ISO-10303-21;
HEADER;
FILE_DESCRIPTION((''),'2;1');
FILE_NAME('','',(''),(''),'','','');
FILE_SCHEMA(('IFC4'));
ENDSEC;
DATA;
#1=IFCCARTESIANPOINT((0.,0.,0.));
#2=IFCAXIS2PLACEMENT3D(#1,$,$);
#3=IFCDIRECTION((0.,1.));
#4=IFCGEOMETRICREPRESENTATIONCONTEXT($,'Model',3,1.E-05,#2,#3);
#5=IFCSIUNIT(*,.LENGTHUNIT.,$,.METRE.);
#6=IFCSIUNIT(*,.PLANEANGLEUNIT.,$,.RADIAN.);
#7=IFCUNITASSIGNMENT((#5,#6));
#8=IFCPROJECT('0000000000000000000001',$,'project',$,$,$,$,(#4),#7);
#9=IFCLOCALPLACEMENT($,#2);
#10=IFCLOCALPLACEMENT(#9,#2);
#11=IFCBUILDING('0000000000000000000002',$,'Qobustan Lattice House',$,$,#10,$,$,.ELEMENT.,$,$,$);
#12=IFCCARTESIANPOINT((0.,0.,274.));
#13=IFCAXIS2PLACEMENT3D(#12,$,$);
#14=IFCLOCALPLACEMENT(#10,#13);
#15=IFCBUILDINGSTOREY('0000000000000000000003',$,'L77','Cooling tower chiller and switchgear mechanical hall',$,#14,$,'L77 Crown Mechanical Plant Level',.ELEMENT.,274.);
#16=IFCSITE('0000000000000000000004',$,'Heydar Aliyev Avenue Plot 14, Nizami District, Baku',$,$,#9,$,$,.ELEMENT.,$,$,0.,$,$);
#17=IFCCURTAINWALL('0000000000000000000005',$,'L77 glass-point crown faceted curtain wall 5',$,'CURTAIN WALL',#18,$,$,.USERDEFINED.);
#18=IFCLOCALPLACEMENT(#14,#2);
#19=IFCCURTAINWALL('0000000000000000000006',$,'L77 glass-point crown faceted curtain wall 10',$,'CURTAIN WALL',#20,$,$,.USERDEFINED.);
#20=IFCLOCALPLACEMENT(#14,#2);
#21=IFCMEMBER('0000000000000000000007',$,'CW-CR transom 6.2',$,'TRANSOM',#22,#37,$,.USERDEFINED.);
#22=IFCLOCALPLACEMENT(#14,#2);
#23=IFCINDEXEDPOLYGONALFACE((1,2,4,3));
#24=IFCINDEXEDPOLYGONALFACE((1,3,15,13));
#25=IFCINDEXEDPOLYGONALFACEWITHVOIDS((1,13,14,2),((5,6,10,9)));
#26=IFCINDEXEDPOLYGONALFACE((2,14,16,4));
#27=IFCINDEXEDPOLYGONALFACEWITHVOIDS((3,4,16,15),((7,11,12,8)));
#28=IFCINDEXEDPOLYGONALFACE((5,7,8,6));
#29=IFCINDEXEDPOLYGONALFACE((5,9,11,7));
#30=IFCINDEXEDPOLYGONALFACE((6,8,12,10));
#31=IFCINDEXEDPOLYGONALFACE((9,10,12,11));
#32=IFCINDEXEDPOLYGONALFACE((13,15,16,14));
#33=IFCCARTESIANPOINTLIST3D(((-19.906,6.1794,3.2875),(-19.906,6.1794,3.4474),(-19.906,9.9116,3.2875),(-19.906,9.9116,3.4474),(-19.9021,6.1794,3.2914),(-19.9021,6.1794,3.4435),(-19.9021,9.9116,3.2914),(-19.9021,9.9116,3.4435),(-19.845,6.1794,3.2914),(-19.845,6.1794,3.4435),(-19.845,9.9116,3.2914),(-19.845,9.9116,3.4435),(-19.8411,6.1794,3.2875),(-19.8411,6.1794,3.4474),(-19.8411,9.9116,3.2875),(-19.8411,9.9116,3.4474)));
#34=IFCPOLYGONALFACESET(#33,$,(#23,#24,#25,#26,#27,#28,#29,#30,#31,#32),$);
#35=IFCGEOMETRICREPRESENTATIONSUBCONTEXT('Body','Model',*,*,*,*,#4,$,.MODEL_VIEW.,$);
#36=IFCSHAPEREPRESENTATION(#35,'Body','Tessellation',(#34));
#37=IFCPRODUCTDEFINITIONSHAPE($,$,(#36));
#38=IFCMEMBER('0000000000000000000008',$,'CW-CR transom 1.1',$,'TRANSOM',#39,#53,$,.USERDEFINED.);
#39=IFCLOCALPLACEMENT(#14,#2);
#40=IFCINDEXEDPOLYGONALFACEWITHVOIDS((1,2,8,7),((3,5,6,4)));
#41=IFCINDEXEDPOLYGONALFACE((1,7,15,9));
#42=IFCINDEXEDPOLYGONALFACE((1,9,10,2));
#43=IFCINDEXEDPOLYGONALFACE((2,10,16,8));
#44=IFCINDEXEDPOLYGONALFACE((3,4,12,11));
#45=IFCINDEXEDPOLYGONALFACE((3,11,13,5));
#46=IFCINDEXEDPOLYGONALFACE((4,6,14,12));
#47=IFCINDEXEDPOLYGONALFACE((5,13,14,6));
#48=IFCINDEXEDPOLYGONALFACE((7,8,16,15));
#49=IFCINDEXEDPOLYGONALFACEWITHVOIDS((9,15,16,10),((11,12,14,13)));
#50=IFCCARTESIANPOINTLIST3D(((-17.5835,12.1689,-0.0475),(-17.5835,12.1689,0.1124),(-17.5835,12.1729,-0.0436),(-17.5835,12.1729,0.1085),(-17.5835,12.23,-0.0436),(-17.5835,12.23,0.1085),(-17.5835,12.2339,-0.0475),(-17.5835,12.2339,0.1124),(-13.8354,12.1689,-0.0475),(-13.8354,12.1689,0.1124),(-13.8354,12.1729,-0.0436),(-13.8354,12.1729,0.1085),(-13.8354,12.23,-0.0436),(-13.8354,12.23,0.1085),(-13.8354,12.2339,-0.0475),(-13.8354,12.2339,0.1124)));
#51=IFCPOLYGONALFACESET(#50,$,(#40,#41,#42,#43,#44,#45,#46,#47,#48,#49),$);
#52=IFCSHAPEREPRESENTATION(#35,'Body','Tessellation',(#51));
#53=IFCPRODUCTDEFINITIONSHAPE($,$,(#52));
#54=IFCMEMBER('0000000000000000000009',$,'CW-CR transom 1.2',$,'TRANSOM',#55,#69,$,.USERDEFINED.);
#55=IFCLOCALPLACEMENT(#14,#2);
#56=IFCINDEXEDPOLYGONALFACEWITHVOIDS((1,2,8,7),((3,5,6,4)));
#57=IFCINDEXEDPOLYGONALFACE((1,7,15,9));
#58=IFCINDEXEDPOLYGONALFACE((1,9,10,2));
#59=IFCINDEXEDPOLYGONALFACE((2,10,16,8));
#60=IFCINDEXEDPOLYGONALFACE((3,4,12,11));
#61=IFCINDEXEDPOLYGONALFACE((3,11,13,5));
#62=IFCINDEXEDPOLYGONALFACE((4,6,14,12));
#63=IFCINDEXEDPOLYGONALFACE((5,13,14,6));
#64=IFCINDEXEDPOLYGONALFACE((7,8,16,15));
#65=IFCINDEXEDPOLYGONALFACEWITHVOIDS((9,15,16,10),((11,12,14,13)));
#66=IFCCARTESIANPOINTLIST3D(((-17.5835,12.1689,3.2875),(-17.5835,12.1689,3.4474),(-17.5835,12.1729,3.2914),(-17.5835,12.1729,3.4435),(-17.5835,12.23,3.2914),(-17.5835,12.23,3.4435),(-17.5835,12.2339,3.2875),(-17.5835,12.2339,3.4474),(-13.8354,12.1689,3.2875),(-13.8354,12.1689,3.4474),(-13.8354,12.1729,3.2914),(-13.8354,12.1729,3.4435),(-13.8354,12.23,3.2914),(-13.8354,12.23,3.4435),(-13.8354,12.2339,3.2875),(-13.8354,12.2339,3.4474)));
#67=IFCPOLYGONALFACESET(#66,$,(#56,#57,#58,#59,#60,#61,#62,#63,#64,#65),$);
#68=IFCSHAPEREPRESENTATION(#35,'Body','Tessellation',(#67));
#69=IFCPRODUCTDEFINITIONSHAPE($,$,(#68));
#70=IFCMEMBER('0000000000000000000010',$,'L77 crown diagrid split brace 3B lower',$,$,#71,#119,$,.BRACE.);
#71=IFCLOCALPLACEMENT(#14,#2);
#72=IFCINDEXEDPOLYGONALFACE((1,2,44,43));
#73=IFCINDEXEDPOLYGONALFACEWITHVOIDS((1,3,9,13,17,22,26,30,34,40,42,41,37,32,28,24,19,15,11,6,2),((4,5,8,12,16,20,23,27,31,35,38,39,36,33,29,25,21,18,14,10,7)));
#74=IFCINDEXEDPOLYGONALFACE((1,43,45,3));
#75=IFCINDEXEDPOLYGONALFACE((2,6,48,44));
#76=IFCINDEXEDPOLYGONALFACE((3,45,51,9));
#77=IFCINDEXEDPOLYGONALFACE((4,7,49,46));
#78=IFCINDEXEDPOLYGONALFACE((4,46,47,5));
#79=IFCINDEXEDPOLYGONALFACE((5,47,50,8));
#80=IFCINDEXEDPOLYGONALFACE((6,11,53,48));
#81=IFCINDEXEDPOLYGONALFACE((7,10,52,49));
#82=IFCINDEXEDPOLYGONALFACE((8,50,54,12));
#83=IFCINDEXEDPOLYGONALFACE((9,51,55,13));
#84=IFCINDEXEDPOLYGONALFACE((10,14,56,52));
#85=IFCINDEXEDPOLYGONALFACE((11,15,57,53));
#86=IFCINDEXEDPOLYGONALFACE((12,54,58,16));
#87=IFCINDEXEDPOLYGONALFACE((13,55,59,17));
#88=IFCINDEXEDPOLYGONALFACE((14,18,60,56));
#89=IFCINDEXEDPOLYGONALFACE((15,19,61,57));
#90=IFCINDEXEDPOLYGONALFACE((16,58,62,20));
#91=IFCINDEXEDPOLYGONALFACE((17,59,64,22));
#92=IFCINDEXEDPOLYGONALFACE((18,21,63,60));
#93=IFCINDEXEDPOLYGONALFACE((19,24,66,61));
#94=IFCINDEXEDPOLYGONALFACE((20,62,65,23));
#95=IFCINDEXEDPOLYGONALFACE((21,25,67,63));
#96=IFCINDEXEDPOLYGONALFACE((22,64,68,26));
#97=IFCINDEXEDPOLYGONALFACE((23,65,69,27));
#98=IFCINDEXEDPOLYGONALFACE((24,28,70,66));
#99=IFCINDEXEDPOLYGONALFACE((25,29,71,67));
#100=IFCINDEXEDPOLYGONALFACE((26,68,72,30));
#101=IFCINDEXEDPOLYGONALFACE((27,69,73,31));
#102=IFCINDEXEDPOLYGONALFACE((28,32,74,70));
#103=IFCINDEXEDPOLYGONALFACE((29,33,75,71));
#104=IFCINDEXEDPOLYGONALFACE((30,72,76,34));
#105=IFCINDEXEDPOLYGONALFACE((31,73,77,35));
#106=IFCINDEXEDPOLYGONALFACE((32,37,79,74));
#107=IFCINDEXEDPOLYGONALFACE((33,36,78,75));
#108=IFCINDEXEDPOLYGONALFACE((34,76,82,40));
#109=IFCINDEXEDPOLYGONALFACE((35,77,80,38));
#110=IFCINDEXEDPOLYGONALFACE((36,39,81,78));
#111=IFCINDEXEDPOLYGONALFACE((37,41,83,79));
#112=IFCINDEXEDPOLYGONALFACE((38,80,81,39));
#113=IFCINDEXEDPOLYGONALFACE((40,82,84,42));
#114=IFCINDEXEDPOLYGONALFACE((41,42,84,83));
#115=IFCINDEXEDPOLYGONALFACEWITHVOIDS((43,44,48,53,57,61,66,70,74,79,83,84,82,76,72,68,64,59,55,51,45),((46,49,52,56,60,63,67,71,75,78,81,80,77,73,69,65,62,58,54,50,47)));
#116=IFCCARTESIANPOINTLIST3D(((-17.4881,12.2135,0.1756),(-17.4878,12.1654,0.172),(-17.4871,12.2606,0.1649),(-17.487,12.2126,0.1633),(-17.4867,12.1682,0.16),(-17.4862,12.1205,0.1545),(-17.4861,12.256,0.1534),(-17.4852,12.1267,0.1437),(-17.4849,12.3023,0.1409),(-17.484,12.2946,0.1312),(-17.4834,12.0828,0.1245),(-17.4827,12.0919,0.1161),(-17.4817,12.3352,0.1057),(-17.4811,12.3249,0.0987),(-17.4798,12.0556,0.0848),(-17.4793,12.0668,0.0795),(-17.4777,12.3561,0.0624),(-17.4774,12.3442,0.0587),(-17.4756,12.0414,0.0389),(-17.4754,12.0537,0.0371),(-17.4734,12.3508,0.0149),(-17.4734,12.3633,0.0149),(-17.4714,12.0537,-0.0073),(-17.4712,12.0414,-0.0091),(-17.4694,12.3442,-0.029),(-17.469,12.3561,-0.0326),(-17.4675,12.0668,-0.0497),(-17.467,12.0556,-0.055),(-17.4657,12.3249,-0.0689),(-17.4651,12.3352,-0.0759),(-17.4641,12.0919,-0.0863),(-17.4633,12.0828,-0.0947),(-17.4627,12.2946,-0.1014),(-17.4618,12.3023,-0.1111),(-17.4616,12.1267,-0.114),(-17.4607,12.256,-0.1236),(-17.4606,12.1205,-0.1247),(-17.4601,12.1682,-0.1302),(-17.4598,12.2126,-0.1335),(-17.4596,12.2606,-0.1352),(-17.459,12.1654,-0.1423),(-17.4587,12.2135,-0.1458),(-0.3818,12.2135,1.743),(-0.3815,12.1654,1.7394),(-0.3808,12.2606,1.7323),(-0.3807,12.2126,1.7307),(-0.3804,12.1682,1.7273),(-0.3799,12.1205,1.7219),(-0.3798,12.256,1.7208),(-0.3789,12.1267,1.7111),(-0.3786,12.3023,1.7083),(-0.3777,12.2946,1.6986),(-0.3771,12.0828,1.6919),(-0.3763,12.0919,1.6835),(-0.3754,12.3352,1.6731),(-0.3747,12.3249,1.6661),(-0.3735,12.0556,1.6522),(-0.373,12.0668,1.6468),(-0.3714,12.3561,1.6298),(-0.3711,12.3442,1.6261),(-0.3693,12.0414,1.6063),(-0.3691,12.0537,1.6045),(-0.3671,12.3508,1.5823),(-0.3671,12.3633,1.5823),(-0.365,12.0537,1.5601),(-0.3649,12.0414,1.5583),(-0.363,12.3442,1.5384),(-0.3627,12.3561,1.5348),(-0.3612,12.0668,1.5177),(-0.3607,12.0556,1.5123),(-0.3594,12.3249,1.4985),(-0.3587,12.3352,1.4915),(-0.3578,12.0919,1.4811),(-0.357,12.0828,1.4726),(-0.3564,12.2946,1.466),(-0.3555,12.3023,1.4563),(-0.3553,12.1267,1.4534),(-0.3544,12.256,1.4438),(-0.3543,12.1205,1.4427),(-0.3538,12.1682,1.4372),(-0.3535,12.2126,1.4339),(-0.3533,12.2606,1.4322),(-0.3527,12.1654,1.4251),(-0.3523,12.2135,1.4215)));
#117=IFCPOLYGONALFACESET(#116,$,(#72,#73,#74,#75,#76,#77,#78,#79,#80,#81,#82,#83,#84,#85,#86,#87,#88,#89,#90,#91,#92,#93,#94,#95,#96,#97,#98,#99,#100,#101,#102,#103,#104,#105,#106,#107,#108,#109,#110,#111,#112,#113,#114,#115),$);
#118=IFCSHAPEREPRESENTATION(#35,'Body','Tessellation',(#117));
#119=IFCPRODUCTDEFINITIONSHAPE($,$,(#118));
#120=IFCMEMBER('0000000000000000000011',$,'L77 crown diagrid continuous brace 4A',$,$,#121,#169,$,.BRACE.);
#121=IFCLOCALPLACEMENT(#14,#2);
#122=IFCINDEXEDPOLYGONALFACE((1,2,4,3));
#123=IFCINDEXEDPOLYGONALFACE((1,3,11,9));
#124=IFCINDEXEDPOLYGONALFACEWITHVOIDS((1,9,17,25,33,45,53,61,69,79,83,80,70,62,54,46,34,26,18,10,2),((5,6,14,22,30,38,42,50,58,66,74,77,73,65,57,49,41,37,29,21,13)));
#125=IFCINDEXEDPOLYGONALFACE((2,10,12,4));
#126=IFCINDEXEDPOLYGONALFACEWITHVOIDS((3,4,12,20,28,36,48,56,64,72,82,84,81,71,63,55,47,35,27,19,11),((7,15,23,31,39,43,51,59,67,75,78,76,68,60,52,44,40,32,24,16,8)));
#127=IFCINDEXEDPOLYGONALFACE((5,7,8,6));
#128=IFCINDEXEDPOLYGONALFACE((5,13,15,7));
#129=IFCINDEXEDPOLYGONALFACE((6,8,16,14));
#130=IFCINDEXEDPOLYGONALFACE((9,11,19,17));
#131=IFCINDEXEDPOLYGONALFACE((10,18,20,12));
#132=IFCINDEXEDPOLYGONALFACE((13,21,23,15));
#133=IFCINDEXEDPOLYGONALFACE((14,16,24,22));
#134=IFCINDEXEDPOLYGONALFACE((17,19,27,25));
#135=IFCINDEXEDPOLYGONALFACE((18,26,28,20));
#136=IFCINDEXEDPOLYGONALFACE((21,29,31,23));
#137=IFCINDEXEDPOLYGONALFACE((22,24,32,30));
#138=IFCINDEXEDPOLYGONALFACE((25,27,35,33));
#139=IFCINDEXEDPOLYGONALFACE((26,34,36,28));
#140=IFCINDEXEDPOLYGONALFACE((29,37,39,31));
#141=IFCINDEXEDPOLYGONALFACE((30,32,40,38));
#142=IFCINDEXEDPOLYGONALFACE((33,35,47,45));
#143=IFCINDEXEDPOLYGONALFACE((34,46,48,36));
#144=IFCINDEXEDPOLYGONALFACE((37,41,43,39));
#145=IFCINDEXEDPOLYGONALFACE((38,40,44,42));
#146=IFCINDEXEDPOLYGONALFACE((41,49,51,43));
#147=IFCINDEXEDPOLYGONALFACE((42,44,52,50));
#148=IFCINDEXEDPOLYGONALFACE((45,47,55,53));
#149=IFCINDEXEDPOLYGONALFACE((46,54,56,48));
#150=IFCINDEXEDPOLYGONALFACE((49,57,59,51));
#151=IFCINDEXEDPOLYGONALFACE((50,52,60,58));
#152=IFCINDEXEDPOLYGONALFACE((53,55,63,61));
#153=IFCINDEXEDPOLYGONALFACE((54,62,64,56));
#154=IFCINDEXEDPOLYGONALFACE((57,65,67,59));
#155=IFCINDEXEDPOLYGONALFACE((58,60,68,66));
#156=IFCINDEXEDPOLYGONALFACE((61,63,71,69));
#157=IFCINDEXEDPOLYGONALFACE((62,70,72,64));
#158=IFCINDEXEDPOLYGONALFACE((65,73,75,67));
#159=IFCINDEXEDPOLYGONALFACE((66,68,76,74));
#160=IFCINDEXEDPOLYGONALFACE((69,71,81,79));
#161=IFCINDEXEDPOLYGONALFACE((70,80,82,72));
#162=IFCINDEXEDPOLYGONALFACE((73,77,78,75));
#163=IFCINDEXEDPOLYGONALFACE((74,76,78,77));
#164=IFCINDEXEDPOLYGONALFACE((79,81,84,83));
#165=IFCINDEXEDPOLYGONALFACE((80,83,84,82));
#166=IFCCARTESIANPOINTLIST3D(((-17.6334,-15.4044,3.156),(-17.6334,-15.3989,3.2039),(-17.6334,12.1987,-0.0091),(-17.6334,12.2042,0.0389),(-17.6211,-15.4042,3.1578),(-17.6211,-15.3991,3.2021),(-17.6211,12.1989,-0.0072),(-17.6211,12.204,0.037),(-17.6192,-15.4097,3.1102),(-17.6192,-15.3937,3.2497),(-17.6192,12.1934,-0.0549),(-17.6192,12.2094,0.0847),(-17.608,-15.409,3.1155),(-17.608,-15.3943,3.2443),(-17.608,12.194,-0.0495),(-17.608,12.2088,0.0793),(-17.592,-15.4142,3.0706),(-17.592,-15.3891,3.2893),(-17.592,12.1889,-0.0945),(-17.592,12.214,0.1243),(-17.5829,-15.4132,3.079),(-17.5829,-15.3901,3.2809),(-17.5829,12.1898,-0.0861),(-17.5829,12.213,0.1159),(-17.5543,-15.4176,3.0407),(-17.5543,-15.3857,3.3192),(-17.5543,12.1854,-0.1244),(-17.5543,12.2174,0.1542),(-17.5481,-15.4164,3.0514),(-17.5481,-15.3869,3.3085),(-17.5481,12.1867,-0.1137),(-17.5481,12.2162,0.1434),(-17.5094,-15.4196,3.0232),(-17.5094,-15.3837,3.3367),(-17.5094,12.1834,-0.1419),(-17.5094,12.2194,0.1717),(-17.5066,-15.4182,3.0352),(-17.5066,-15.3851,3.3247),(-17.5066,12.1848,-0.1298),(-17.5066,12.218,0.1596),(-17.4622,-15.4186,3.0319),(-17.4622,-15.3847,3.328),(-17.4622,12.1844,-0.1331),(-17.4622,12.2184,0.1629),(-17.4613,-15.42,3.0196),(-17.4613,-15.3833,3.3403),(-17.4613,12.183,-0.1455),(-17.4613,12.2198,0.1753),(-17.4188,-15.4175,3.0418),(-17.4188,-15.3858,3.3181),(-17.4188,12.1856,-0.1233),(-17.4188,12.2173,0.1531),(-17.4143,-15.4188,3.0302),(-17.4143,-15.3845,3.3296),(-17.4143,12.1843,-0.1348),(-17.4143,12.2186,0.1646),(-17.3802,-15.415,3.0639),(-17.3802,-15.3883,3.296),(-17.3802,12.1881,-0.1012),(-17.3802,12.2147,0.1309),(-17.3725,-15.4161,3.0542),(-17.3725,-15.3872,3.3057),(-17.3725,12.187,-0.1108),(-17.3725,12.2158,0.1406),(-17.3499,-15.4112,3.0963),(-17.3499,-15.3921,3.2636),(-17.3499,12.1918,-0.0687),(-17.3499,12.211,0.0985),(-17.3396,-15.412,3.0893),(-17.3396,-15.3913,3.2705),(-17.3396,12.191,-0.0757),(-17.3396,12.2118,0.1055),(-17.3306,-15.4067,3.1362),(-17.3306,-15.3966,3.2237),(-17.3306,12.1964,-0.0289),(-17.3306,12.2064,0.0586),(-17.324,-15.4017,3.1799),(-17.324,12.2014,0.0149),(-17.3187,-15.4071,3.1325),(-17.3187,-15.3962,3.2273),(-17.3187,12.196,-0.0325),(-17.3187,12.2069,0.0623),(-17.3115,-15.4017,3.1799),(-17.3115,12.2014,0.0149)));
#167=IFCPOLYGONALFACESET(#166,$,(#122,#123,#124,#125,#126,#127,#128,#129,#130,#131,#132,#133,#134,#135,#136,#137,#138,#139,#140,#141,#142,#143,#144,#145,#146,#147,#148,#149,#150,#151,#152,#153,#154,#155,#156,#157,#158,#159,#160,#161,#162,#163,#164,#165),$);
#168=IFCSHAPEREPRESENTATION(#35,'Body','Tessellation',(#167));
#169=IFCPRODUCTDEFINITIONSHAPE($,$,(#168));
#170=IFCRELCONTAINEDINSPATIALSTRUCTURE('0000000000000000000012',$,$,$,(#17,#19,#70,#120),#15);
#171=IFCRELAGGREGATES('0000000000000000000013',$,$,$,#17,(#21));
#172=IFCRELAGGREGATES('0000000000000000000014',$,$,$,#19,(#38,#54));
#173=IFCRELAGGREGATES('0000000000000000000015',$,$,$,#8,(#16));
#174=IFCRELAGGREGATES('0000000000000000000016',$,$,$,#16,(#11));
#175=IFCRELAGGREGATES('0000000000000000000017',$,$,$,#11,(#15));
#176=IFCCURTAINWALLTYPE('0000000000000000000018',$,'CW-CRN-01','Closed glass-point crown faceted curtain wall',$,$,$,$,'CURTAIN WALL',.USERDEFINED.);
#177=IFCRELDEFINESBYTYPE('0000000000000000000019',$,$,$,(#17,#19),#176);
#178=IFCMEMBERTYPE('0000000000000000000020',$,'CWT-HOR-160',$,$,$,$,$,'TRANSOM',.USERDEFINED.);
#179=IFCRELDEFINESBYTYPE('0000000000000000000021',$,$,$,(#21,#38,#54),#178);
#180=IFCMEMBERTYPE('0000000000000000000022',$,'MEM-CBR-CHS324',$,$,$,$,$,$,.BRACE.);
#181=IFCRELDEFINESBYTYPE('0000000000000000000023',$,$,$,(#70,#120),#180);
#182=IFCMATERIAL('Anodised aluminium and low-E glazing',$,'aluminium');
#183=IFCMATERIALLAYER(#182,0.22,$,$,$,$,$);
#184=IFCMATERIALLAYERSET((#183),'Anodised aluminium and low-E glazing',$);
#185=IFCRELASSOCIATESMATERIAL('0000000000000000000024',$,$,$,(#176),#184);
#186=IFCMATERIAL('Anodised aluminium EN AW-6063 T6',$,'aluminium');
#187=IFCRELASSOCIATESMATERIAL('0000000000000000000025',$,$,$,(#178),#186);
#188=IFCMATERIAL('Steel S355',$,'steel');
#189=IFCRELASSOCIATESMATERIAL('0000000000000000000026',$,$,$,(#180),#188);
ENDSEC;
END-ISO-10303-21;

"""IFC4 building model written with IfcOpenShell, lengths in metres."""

from ifc_helpers import new_model, si_unit, direction, frame, origin, origin_2d, place, context, subcontext, project, spatial, hollow_rectangle, hollow_circle, extrude, material, layer, layer_set, material_profile, profile_set, type_object, element, aggregate, save


model = new_model("IFC4")

# Units and contexts
model_context = context("Model", 3, precision=1e-05, world=origin(), true_north=direction((0.0, 1.0)))
body_context = subcontext(model_context, "Body", "Model", "MODEL_VIEW")
ifc_project = project(units=[si_unit("LENGTHUNIT", "METRE"), si_unit("PLANEANGLEUNIT", "RADIAN")], contexts=[model_context])

# Site, building, storey
site_placement = place(None, origin())
site = spatial("IfcSite", under=ifc_project, at=site_placement, Name="Heydar Aliyev Avenue Plot 14, Nizami District, Baku", CompositionType="ELEMENT", RefElevation=0.0)
building_placement = place(site_placement, origin())
building = spatial("IfcBuilding", under=site, at=building_placement, Name="Qobustan Lattice House", CompositionType="ELEMENT")
storey_placement = place(building_placement, frame((0.0, 0.0, 274.0)))
storey = spatial("IfcBuildingStorey", under=building, at=storey_placement, Name="L77", Description="Cooling tower chiller and switchgear mechanical hall", LongName="L77 Crown Mechanical Plant Level", CompositionType="ELEMENT", Elevation=274.0)

# Curtain wall
ifc_material_1 = material(Name="Anodised aluminium and low-E glazing", Category="aluminium")
ifc_layer_1 = layer(ifc_material_1, 0.22)
ifc_layer_set_1 = layer_set([ifc_layer_1], Name="Anodised aluminium and low-E glazing")
curtain_wall_type = type_object("IfcCurtainWallType", Name="CW-CRN-01", Description="Closed glass-point crown faceted curtain wall", ElementType="CURTAIN WALL", PredefinedType="USERDEFINED", material=ifc_layer_set_1)
curtain_wall_1_placement = place(storey_placement, origin())
curtain_wall_1 = element("IfcCurtainWall", 1, at=curtain_wall_1_placement, inside=storey, type_object=curtain_wall_type, Name="L77 glass-point crown faceted curtain wall 5", ObjectType="CURTAIN WALL", PredefinedType="USERDEFINED")

# Curtain wall
curtain_wall_2_placement = place(storey_placement, origin())
curtain_wall_2 = element("IfcCurtainWall", 2, at=curtain_wall_2_placement, inside=storey, type_object=curtain_wall_type, Name="L77 glass-point crown faceted curtain wall 10", ObjectType="CURTAIN WALL", PredefinedType="USERDEFINED")

# Members
ifc_material_2 = material(Name="Anodised aluminium EN AW-6063 T6", Category="aluminium")
ifc_material_profile_1 = material_profile(ifc_material_2, hollow_rectangle(XDim=0.0649, YDim=0.1599, WallThickness=0.0039, at=origin_2d()), Name="CWT-160x65")
ifc_profile_set_1 = profile_set([ifc_material_profile_1], Name="Anodised aluminium EN AW-6063 T6")
member_type_1 = type_object("IfcMemberType", Name="CWT-HOR-160", ElementType="TRANSOM", PredefinedType="USERDEFINED", material=ifc_profile_set_1)
member_1_placement = place(storey_placement, frame((-19.8735, 6.1794, 3.3674), z_axis=(0.0, 1.0, 0.0), x_axis=(-1.0, 0.0, 0.0)))
member_1 = element("IfcMember", 3, at=member_1_placement, type_object=member_type_1, Name="CW-CR transom 6.2", ObjectType="TRANSOM", PredefinedType="USERDEFINED", context=body_context, shape_type="SweptSolid", body=[
    extrude(hollow_rectangle(XDim=0.0649, YDim=0.1599, WallThickness=0.0039, at=origin_2d()), origin(), (0.0, 0.0, 1.0), 3.7322),
])
member_2_placement = place(storey_placement, frame((-17.5835, 12.2014, 0.0325), z_axis=(1.0, 0.0, 0.0), x_axis=(0.0, 1.0, 0.0)))
member_2 = element("IfcMember", 4, at=member_2_placement, type_object=member_type_1, Name="CW-CR transom 1.1", ObjectType="TRANSOM", PredefinedType="USERDEFINED", context=body_context, shape_type="SweptSolid", body=[
    extrude(hollow_rectangle(XDim=0.0649, YDim=0.1599, WallThickness=0.0039, at=origin_2d()), origin(), (0.0, 0.0, 1.0), 3.748),
])
member_3_placement = place(storey_placement, frame((-17.5835, 12.2014, 3.3674), z_axis=(1.0, 0.0, 0.0), x_axis=(0.0, 1.0, 0.0)))
member_3 = element("IfcMember", 5, at=member_3_placement, type_object=member_type_1, Name="CW-CR transom 1.2", ObjectType="TRANSOM", PredefinedType="USERDEFINED", context=body_context, shape_type="SweptSolid", body=[
    extrude(hollow_rectangle(XDim=0.0649, YDim=0.1599, WallThickness=0.0039, at=origin_2d()), origin(), (0.0, 0.0, 1.0), 3.748),
])

# Members
ifc_material_3 = material(Name="Steel S355", Category="steel")
ifc_material_profile_2 = material_profile(ifc_material_3, hollow_circle(Radius=0.1619, WallThickness=0.0125, at=origin_2d()), Name="CHS323.9x12.5")
ifc_profile_set_2 = profile_set([ifc_material_profile_2], Name="Steel S355")
member_type_2 = type_object("IfcMemberType", Name="MEM-CBR-CHS324", PredefinedType="BRACE", material=ifc_profile_set_2)
member_4_placement = place(storey_placement, frame((-17.4734, 12.2014, 0.0149), z_axis=(0.995829, 0.0, 0.091244), x_axis=(0.0, 1.0, 0.0)))
element("IfcMember", 6, at=member_4_placement, inside=storey, type_object=member_type_2, Name="L77 crown diagrid split brace 3B lower", PredefinedType="BRACE", context=body_context, shape_type="SweptSolid", body=[
    extrude(hollow_circle(Radius=0.1619, WallThickness=0.0125, at=origin_2d()), origin(), (0.0, 0.0, 1.0), 17.178),
])
member_5_placement = place(storey_placement, frame((-17.4734, 12.2014, 0.0149), z_axis=(0.0, -0.99349, 0.113916), x_axis=(1.0, 0.0, 0.0)))
element("IfcMember", 7, at=member_5_placement, inside=storey, type_object=member_type_2, Name="L77 crown diagrid continuous brace 4A", PredefinedType="BRACE", context=body_context, shape_type="SweptSolid", body=[
    extrude(hollow_circle(Radius=0.1619, WallThickness=0.0125, at=origin_2d()), origin(), (0.0, 0.0, 1.0), 27.7839),
])

aggregate(curtain_wall_1, [member_1])
aggregate(curtain_wall_2, [member_2, member_3])

save(model, "model.ifc")
